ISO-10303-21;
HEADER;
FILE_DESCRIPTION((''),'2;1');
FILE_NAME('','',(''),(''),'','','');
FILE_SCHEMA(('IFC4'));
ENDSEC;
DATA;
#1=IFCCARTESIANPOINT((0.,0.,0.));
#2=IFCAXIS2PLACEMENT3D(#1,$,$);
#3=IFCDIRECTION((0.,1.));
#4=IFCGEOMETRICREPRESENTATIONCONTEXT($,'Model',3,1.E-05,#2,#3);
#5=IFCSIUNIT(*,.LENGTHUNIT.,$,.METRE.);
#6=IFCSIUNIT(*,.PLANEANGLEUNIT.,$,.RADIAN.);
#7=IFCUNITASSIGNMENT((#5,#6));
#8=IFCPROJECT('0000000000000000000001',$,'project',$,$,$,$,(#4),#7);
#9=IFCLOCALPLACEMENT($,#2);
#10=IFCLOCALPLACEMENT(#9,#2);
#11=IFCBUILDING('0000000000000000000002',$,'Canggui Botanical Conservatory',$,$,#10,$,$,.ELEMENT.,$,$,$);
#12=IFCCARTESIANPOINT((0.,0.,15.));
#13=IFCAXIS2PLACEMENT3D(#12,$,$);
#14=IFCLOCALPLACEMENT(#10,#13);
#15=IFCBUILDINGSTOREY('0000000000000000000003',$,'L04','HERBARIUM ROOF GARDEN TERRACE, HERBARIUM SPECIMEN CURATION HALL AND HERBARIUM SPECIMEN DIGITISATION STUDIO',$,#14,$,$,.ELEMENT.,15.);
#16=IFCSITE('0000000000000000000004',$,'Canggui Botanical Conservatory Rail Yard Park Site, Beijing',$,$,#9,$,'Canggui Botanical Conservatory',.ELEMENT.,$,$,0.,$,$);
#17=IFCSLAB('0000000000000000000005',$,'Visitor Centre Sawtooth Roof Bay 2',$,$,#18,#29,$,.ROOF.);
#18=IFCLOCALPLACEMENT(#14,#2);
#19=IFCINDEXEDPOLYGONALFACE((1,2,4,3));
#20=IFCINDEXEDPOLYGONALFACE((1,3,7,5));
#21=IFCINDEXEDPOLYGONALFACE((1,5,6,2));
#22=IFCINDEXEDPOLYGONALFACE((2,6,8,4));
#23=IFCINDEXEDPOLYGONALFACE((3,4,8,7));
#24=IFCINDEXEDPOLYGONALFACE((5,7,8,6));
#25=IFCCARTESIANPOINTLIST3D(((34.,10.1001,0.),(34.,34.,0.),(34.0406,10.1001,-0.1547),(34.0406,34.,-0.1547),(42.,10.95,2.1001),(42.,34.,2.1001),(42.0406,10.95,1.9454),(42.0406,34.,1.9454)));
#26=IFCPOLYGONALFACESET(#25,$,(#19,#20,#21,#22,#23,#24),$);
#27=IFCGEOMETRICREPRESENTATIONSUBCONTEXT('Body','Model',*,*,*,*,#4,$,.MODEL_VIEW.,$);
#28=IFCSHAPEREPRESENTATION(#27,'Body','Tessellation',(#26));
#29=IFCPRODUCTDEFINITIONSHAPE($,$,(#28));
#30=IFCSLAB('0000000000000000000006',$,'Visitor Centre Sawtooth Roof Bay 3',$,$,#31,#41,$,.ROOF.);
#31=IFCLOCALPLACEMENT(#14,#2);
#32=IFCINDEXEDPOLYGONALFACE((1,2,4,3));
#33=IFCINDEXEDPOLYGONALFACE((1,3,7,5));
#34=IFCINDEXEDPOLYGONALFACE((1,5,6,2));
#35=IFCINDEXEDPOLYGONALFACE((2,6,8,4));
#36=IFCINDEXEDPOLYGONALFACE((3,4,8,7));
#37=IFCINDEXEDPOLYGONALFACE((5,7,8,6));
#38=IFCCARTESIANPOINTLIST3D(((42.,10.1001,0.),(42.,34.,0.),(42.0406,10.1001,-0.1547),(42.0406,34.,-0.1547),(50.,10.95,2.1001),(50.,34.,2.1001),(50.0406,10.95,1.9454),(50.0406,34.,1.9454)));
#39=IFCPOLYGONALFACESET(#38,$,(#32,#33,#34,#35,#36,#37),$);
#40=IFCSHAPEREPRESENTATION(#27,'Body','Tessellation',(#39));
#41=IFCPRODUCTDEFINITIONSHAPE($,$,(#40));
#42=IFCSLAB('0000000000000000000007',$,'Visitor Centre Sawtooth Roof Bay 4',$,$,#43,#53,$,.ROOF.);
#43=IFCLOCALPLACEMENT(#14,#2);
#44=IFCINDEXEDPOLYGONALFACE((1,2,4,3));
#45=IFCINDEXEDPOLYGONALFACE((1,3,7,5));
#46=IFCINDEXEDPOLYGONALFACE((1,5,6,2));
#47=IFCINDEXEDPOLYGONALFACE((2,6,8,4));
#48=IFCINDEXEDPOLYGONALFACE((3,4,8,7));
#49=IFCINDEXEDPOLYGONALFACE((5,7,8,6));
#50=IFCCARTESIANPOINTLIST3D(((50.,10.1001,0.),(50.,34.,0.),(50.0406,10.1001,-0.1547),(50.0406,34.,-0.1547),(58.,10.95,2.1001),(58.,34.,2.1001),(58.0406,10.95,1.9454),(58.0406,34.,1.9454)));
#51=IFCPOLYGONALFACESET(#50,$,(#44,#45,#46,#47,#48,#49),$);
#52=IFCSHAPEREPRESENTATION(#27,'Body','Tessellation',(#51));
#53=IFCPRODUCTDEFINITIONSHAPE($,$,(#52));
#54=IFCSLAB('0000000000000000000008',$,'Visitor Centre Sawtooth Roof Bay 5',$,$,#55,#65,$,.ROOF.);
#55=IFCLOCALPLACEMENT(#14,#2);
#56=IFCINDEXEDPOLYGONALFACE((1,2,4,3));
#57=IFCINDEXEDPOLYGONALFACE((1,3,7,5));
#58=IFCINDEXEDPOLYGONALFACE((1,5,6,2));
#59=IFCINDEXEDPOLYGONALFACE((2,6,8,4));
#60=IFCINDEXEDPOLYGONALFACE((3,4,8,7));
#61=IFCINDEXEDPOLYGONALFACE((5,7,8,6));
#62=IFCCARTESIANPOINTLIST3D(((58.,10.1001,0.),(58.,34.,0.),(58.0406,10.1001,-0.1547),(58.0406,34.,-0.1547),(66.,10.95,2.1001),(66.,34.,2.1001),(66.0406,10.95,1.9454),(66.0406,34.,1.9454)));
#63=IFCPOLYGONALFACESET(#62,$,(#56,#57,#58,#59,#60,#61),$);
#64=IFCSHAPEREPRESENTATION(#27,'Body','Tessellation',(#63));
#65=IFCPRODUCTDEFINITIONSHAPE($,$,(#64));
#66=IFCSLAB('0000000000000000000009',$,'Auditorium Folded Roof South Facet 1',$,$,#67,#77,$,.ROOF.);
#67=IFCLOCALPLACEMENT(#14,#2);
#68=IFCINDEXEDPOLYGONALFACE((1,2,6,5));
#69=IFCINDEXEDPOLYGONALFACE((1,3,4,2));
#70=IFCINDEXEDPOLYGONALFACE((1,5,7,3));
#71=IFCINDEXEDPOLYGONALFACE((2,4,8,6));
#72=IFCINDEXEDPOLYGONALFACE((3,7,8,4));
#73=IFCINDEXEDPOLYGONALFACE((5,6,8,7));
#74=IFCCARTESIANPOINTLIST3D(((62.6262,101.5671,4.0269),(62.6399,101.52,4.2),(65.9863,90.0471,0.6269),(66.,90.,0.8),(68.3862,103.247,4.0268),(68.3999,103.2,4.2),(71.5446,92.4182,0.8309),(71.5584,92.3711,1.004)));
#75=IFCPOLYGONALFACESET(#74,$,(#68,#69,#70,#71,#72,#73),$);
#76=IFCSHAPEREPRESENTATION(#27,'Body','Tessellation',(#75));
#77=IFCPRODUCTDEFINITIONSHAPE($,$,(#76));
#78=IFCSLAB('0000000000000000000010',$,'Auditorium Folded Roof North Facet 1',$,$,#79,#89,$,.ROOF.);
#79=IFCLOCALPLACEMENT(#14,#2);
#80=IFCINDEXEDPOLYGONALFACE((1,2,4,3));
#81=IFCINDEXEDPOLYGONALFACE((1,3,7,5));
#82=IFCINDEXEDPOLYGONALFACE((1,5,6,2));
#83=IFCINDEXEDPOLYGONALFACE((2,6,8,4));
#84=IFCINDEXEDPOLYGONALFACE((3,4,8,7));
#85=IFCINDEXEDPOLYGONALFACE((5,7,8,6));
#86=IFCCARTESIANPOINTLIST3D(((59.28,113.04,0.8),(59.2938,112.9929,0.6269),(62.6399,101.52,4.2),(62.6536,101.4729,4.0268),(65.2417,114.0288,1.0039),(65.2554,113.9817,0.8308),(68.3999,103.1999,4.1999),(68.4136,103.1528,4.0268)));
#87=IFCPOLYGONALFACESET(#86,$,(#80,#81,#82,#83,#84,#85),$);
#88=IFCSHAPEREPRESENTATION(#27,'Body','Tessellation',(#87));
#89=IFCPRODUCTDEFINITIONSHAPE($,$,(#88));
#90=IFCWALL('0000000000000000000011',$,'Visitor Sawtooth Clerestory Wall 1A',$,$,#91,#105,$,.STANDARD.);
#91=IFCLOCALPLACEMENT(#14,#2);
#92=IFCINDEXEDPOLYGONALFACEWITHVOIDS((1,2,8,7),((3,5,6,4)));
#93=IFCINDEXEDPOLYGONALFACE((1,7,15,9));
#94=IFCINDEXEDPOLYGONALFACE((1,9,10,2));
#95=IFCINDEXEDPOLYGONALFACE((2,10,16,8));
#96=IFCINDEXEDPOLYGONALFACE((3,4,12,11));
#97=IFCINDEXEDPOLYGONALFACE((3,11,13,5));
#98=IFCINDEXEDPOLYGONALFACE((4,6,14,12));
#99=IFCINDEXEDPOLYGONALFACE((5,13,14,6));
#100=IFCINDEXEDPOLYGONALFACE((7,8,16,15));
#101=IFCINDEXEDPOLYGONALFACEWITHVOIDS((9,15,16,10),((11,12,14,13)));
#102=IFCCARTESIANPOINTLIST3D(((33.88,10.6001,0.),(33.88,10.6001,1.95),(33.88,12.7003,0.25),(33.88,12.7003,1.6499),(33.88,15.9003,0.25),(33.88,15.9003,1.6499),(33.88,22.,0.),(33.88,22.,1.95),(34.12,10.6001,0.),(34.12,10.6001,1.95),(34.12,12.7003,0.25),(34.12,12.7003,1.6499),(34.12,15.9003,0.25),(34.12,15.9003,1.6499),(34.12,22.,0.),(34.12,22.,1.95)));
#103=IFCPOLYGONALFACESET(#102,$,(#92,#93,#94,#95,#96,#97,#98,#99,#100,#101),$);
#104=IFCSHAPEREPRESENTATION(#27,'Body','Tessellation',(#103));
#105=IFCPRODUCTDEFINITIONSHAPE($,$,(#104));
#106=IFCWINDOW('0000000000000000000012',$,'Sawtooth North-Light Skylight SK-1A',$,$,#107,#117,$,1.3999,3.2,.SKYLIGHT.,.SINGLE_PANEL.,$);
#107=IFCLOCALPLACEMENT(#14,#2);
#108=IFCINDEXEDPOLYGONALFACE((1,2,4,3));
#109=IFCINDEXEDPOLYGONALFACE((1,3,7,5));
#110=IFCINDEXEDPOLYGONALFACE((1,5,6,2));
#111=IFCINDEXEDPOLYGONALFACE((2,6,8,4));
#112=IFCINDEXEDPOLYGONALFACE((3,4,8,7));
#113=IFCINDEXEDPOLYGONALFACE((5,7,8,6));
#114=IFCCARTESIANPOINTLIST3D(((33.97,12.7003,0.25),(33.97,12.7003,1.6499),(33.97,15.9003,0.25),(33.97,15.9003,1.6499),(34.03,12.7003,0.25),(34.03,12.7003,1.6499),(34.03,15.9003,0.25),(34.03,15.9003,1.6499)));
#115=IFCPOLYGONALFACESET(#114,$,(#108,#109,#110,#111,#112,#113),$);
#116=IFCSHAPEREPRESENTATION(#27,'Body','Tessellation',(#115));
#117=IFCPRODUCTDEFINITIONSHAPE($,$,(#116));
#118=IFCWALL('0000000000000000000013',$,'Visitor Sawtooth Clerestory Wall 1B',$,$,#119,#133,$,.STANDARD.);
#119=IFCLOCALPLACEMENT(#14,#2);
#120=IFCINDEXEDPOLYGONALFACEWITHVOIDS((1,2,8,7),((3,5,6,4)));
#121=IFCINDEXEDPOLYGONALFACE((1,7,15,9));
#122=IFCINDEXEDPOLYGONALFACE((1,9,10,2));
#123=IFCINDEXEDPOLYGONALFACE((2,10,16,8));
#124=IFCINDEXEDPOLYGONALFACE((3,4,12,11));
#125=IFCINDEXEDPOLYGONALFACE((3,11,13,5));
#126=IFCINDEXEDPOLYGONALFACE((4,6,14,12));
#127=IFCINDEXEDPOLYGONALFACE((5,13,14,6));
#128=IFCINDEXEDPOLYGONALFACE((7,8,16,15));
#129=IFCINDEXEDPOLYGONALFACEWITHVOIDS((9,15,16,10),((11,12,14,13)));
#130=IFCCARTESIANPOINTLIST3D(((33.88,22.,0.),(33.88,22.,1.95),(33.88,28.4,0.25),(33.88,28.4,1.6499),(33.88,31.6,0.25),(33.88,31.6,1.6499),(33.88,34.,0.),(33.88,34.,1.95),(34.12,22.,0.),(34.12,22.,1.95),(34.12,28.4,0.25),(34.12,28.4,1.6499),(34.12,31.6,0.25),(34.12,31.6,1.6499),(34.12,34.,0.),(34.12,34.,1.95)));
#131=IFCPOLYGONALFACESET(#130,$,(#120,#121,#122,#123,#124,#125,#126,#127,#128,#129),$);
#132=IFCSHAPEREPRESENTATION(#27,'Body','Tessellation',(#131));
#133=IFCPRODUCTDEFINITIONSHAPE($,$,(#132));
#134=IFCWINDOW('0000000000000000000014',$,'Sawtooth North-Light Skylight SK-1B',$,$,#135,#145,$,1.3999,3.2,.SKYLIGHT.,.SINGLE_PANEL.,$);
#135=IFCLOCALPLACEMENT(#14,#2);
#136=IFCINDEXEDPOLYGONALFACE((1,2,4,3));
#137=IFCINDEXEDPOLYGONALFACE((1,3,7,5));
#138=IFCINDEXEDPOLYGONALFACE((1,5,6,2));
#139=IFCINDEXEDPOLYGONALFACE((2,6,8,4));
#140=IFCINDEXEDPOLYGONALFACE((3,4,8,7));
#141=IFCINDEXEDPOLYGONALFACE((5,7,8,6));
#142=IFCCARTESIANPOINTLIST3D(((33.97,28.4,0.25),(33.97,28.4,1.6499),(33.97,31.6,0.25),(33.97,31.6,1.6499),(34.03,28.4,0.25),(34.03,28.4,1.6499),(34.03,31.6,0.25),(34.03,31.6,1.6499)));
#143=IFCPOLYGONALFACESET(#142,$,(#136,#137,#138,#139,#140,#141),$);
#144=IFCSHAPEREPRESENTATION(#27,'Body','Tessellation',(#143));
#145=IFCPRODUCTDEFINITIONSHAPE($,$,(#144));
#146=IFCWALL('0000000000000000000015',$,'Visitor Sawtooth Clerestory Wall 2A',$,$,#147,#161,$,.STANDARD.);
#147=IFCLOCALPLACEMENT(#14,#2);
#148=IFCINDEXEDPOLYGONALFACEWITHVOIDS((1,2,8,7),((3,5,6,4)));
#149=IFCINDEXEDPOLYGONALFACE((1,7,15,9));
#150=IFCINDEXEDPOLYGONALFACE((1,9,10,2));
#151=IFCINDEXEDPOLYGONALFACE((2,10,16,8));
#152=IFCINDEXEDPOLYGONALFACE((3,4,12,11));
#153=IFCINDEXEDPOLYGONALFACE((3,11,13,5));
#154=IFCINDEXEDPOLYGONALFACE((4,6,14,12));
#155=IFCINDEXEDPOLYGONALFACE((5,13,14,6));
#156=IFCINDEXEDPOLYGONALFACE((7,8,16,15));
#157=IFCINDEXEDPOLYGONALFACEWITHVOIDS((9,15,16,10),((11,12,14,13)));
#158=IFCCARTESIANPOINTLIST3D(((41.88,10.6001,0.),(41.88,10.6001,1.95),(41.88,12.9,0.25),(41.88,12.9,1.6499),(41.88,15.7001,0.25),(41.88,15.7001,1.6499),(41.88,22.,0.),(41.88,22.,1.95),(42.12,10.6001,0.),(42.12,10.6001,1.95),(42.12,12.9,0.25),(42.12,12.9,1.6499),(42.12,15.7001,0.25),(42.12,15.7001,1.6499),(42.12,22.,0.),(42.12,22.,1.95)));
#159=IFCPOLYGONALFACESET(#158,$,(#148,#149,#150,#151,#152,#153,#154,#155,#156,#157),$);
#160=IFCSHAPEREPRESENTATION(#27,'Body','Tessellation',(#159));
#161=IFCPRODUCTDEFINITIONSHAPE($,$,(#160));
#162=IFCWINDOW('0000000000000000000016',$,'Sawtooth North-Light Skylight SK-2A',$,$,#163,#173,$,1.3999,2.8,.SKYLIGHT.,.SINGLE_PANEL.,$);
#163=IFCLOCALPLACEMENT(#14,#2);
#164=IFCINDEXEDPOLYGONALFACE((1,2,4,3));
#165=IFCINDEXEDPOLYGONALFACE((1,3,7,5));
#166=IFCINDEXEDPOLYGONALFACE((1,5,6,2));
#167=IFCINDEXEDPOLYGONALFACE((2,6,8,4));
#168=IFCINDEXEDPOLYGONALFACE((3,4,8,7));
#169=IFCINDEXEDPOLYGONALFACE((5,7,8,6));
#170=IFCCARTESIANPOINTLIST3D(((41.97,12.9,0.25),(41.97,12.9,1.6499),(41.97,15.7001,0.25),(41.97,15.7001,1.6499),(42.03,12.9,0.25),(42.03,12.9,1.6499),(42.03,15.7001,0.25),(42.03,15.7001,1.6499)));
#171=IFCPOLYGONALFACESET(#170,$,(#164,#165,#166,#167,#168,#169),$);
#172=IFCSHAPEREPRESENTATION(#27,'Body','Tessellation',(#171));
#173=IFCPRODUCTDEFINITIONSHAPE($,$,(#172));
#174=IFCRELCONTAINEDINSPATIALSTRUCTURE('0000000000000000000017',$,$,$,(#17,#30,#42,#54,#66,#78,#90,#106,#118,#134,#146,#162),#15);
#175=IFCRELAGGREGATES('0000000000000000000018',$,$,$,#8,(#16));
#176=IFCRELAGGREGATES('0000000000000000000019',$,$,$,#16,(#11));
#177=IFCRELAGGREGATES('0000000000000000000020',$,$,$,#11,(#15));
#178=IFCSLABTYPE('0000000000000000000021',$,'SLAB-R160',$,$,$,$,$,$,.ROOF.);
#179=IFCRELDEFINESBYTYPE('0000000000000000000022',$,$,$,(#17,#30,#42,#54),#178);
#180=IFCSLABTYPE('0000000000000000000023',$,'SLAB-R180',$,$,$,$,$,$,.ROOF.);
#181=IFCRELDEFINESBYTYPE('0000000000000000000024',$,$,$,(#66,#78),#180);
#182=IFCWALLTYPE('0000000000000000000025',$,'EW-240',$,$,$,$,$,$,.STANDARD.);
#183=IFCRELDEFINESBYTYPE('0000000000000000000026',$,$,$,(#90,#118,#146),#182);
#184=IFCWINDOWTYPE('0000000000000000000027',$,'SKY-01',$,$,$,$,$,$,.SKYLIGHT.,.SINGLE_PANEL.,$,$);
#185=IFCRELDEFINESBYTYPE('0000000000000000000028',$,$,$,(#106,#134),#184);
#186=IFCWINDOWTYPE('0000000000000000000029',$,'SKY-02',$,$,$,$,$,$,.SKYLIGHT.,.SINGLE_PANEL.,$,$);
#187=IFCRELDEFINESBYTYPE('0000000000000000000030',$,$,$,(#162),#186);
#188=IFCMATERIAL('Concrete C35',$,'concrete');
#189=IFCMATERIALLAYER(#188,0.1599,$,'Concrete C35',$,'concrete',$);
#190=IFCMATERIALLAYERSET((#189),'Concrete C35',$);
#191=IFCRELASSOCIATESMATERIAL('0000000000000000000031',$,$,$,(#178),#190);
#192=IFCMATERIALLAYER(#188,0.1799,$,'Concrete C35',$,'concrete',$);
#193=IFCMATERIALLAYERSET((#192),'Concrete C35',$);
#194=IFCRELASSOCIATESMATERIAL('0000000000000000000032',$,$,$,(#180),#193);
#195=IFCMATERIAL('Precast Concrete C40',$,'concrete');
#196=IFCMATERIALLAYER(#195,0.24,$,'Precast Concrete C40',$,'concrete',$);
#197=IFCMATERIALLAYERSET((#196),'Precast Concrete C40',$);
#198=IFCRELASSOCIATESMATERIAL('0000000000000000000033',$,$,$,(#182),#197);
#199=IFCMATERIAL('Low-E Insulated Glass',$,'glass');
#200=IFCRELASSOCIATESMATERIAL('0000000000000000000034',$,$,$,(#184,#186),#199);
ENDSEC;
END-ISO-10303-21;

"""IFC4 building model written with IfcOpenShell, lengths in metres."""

from ifc_helpers import new_model, si_unit, direction, frame, frame_2d, origin, place, context, subcontext, project, spatial, polyline, rectangle, outline, extrude, material, layer, layer_set, type_object, element, fill, save


model = new_model("IFC4")

# Units and contexts
model_context = context("Model", 3, precision=1e-05, world=origin(), true_north=direction((0.0, 1.0)))
body_context = subcontext(model_context, "Body", "Model", "MODEL_VIEW")
ifc_project = project(units=[si_unit("LENGTHUNIT", "METRE"), si_unit("PLANEANGLEUNIT", "RADIAN")], contexts=[model_context])

# Site, building, storey
site_placement = place(None, origin())
site = spatial("IfcSite", under=ifc_project, at=site_placement, Name="Canggui Botanical Conservatory Rail Yard Park Site, Beijing", LongName="Canggui Botanical Conservatory", CompositionType="ELEMENT", RefElevation=0.0)
building_placement = place(site_placement, origin())
building = spatial("IfcBuilding", under=site, at=building_placement, Name="Canggui Botanical Conservatory", CompositionType="ELEMENT")
storey_placement = place(building_placement, frame((0.0, 0.0, 15.0)))
storey = spatial("IfcBuildingStorey", under=building, at=storey_placement, Name="L04", Description="HERBARIUM ROOF GARDEN TERRACE, HERBARIUM SPECIMEN CURATION HALL AND HERBARIUM SPECIMEN DIGITISATION STUDIO", CompositionType="ELEMENT", Elevation=15.0)

# Slabs
ifc_material_1 = material(Name="Concrete C35", Category="concrete")
ifc_layer_1 = layer(ifc_material_1, 0.1599, Name="Concrete C35", Category="concrete")
ifc_layer_set_1 = layer_set([ifc_layer_1], Name="Concrete C35")
slab_type_1 = type_object("IfcSlabType", Name="SLAB-R160", PredefinedType="ROOF", material=ifc_layer_set_1)
for number, where, z_axis, x_axis, name in (
    (1, (34.0, 10.1001, 0.0), (-0.253909, 0.0, 0.967228), (0.962162, 0.102212, 0.252579), "Visitor Centre Sawtooth Roof Bay 2"),
    (2, (42.0, 10.1001, 0.0), (-0.253909, 0.0, 0.967228), (0.962162, 0.102212, 0.252579), "Visitor Centre Sawtooth Roof Bay 3"),
    (3, (50.0, 10.1001, 0.0), (-0.253909, 0.0, 0.967228), (0.962162, 0.102212, 0.252579), "Visitor Centre Sawtooth Roof Bay 4"),
    (4, (58.0, 10.1001, 0.0), (-0.253909, 0.0, 0.967228), (0.962162, 0.102212, 0.252579), "Visitor Centre Sawtooth Roof Bay 5"),
):
    element("IfcSlab", number, at=place(storey_placement, frame(where, z_axis=z_axis, x_axis=x_axis)), inside=storey, type_object=slab_type_1, Name=name, PredefinedType="ROOF", context=body_context, shape_type="SweptSolid", body=[
        extrude(outline(polyline([(0.0, 0.0), (8.3146, 0.0), (10.6706, 22.9293), (2.4429, 23.7747), (0.0, 0.0)])), origin(), (0.0, 0.0, -1.0), 0.1599),
    ])
ifc_layer_2 = layer(ifc_material_1, 0.1799, Name="Concrete C35", Category="concrete")
ifc_layer_set_2 = layer_set([ifc_layer_2], Name="Concrete C35")
slab_type_2 = type_object("IfcSlabType", Name="SLAB-R180", PredefinedType="ROOF", material=ifc_layer_set_2)
slab_1_placement = place(storey_placement, frame((66.0, 90.0, 0.8), z_axis=(0.076335, -0.261693, 0.962128), x_axis=(0.919284, 0.392147, 0.033726)))
element("IfcSlab", 5, at=slab_1_placement, inside=storey, type_object=slab_type_2, Name="Auditorium Folded Roof South Facet 1", PredefinedType="ROOF", context=body_context, shape_type="SweptSolid", body=[
    extrude(outline(polyline([(0.0, 0.0), (6.0464, 0.0), (7.4972, 11.634), (1.5433, 12.3765), (0.0, 0.0)])), origin(), (0.0, 0.0, -1.0), 0.1799),
])
slab_2_placement = place(storey_placement, frame((62.6399, 101.52, 4.2), z_axis=(-0.076315, 0.261701, 0.962127), x_axis=(0.960004, 0.279986, -0.00001)))
element("IfcSlab", 6, at=slab_2_placement, inside=storey, type_object=slab_type_2, Name="Auditorium Folded Roof North Facet 1", PredefinedType="ROOF", context=body_context, shape_type="SweptSolid", body=[
    extrude(outline(polyline([(0.0, 0.0), (6.0, 0.0), (6.0001, 11.724), (0.0, 12.4723), (0.0, 0.0)])), origin(), (0.0, 0.0, -1.0), 0.1799),
])

# Walls, openings, windows
ifc_material_2 = material(Name="Precast Concrete C40", Category="concrete")
ifc_layer_3 = layer(ifc_material_2, 0.24, Name="Precast Concrete C40", Category="concrete")
ifc_layer_set_3 = layer_set([ifc_layer_3], Name="Precast Concrete C40")
wall_type = type_object("IfcWallType", Name="EW-240", PredefinedType="STANDARD", material=ifc_layer_set_3)
wall_1_placement = place(storey_placement, frame((34.0, 10.6001, 0.0), z_axis=(0.0, 0.0, 1.0), x_axis=(0.0, 1.0, 0.0)))
wall_1 = element("IfcWall", 7, at=wall_1_placement, inside=storey, type_object=wall_type, Name="Visitor Sawtooth Clerestory Wall 1A", PredefinedType="STANDARD", context=body_context, shape_type="SweptSolid", body=[
    extrude(rectangle(XDim=11.3999, YDim=0.24, at=frame_2d((5.7, 0.0))), origin(), (0.0, 0.0, 1.0), 1.95),
])
opening_1_placement = place(wall_1_placement, frame((2.1001, 0.0, 0.25)))
opening_1 = element("IfcOpeningElement", 8, at=opening_1_placement, cuts=wall_1, PredefinedType="OPENING", context=body_context, shape_type="SweptSolid", body=[
    extrude(rectangle(XDim=3.2, YDim=1.3999, at=frame_2d((1.6001, 0.7))), frame((0.0, 0.1299, 0.0), z_axis=(0.0, -1.0, 0.0), x_axis=(1.0, 0.0, 0.0)), (0.0, 0.0, 1.0), 0.26),
])
ifc_material_3 = material(Name="Low-E Insulated Glass", Category="glass")
window_type_1 = type_object("IfcWindowType", Name="SKY-01", PartitioningType="SINGLE_PANEL", PredefinedType="SKYLIGHT", material=ifc_material_3)
window_1_placement = place(opening_1_placement, origin())
window_1 = element("IfcWindow", 9, at=window_1_placement, inside=storey, type_object=window_type_1, Name="Sawtooth North-Light Skylight SK-1A", OverallHeight=1.3999, OverallWidth=3.2, PartitioningType="SINGLE_PANEL", PredefinedType="SKYLIGHT", context=body_context, shape_type="SweptSolid", body=[
    extrude(rectangle(XDim=3.2, YDim=1.3999, at=frame_2d((1.6001, 0.7))), frame((0.0, 0.03, 0.0), z_axis=(0.0, -1.0, 0.0), x_axis=(1.0, 0.0, 0.0)), (0.0, 0.0, 1.0), 0.0601),
])
fill(opening_1, window_1)
wall_2_placement = place(storey_placement, frame((34.0, 22.0, 0.0), z_axis=(0.0, 0.0, 1.0), x_axis=(0.0, 1.0, 0.0)))
wall_2 = element("IfcWall", 10, at=wall_2_placement, inside=storey, type_object=wall_type, Name="Visitor Sawtooth Clerestory Wall 1B", PredefinedType="STANDARD", context=body_context, shape_type="SweptSolid", body=[
    extrude(rectangle(XDim=12.0, YDim=0.24, at=frame_2d((6.0, 0.0))), origin(), (0.0, 0.0, 1.0), 1.95),
])
opening_2_placement = place(wall_2_placement, frame((6.3999, 0.0, 0.25)))
opening_2 = element("IfcOpeningElement", 11, at=opening_2_placement, cuts=wall_2, PredefinedType="OPENING", context=body_context, shape_type="SweptSolid", body=[
    extrude(rectangle(XDim=3.2, YDim=1.3999, at=frame_2d((1.6001, 0.7))), frame((0.0, 0.1299, 0.0), z_axis=(0.0, -1.0, 0.0), x_axis=(1.0, 0.0, 0.0)), (0.0, 0.0, 1.0), 0.26),
])
window_2_placement = place(opening_2_placement, origin())
window_2 = element("IfcWindow", 12, at=window_2_placement, inside=storey, type_object=window_type_1, Name="Sawtooth North-Light Skylight SK-1B", OverallHeight=1.3999, OverallWidth=3.2, PartitioningType="SINGLE_PANEL", PredefinedType="SKYLIGHT", context=body_context, shape_type="SweptSolid", body=[
    extrude(rectangle(XDim=3.2, YDim=1.3999, at=frame_2d((1.6001, 0.7))), frame((0.0, 0.03, 0.0), z_axis=(0.0, -1.0, 0.0), x_axis=(1.0, 0.0, 0.0)), (0.0, 0.0, 1.0), 0.0601),
])
fill(opening_2, window_2)
wall_3_placement = place(storey_placement, frame((42.0, 10.6001, 0.0), z_axis=(0.0, 0.0, 1.0), x_axis=(0.0, 1.0, 0.0)))
wall_3 = element("IfcWall", 13, at=wall_3_placement, inside=storey, type_object=wall_type, Name="Visitor Sawtooth Clerestory Wall 2A", PredefinedType="STANDARD", context=body_context, shape_type="SweptSolid", body=[
    extrude(rectangle(XDim=11.3999, YDim=0.24, at=frame_2d((5.7, 0.0))), origin(), (0.0, 0.0, 1.0), 1.95),
])
opening_3_placement = place(wall_3_placement, frame((2.3, 0.0, 0.25)))
opening_3 = element("IfcOpeningElement", 14, at=opening_3_placement, cuts=wall_3, PredefinedType="OPENING", context=body_context, shape_type="SweptSolid", body=[
    extrude(rectangle(XDim=2.8, YDim=1.3999, at=frame_2d((1.3999, 0.7))), frame((0.0, 0.1299, 0.0), z_axis=(0.0, -1.0, 0.0), x_axis=(1.0, 0.0, 0.0)), (0.0, 0.0, 1.0), 0.26),
])
window_type_2 = type_object("IfcWindowType", Name="SKY-02", PartitioningType="SINGLE_PANEL", PredefinedType="SKYLIGHT", material=ifc_material_3)
window_3_placement = place(opening_3_placement, origin())
window_3 = element("IfcWindow", 15, at=window_3_placement, inside=storey, type_object=window_type_2, Name="Sawtooth North-Light Skylight SK-2A", OverallHeight=1.3999, OverallWidth=2.8, PartitioningType="SINGLE_PANEL", PredefinedType="SKYLIGHT", context=body_context, shape_type="SweptSolid", body=[
    extrude(rectangle(XDim=2.8, YDim=1.3999, at=frame_2d((1.3999, 0.7))), frame((0.0, 0.03, 0.0), z_axis=(0.0, -1.0, 0.0), x_axis=(1.0, 0.0, 0.0)), (0.0, 0.0, 1.0), 0.0601),
])
fill(opening_3, window_3)

save(model, "model.ifc")
